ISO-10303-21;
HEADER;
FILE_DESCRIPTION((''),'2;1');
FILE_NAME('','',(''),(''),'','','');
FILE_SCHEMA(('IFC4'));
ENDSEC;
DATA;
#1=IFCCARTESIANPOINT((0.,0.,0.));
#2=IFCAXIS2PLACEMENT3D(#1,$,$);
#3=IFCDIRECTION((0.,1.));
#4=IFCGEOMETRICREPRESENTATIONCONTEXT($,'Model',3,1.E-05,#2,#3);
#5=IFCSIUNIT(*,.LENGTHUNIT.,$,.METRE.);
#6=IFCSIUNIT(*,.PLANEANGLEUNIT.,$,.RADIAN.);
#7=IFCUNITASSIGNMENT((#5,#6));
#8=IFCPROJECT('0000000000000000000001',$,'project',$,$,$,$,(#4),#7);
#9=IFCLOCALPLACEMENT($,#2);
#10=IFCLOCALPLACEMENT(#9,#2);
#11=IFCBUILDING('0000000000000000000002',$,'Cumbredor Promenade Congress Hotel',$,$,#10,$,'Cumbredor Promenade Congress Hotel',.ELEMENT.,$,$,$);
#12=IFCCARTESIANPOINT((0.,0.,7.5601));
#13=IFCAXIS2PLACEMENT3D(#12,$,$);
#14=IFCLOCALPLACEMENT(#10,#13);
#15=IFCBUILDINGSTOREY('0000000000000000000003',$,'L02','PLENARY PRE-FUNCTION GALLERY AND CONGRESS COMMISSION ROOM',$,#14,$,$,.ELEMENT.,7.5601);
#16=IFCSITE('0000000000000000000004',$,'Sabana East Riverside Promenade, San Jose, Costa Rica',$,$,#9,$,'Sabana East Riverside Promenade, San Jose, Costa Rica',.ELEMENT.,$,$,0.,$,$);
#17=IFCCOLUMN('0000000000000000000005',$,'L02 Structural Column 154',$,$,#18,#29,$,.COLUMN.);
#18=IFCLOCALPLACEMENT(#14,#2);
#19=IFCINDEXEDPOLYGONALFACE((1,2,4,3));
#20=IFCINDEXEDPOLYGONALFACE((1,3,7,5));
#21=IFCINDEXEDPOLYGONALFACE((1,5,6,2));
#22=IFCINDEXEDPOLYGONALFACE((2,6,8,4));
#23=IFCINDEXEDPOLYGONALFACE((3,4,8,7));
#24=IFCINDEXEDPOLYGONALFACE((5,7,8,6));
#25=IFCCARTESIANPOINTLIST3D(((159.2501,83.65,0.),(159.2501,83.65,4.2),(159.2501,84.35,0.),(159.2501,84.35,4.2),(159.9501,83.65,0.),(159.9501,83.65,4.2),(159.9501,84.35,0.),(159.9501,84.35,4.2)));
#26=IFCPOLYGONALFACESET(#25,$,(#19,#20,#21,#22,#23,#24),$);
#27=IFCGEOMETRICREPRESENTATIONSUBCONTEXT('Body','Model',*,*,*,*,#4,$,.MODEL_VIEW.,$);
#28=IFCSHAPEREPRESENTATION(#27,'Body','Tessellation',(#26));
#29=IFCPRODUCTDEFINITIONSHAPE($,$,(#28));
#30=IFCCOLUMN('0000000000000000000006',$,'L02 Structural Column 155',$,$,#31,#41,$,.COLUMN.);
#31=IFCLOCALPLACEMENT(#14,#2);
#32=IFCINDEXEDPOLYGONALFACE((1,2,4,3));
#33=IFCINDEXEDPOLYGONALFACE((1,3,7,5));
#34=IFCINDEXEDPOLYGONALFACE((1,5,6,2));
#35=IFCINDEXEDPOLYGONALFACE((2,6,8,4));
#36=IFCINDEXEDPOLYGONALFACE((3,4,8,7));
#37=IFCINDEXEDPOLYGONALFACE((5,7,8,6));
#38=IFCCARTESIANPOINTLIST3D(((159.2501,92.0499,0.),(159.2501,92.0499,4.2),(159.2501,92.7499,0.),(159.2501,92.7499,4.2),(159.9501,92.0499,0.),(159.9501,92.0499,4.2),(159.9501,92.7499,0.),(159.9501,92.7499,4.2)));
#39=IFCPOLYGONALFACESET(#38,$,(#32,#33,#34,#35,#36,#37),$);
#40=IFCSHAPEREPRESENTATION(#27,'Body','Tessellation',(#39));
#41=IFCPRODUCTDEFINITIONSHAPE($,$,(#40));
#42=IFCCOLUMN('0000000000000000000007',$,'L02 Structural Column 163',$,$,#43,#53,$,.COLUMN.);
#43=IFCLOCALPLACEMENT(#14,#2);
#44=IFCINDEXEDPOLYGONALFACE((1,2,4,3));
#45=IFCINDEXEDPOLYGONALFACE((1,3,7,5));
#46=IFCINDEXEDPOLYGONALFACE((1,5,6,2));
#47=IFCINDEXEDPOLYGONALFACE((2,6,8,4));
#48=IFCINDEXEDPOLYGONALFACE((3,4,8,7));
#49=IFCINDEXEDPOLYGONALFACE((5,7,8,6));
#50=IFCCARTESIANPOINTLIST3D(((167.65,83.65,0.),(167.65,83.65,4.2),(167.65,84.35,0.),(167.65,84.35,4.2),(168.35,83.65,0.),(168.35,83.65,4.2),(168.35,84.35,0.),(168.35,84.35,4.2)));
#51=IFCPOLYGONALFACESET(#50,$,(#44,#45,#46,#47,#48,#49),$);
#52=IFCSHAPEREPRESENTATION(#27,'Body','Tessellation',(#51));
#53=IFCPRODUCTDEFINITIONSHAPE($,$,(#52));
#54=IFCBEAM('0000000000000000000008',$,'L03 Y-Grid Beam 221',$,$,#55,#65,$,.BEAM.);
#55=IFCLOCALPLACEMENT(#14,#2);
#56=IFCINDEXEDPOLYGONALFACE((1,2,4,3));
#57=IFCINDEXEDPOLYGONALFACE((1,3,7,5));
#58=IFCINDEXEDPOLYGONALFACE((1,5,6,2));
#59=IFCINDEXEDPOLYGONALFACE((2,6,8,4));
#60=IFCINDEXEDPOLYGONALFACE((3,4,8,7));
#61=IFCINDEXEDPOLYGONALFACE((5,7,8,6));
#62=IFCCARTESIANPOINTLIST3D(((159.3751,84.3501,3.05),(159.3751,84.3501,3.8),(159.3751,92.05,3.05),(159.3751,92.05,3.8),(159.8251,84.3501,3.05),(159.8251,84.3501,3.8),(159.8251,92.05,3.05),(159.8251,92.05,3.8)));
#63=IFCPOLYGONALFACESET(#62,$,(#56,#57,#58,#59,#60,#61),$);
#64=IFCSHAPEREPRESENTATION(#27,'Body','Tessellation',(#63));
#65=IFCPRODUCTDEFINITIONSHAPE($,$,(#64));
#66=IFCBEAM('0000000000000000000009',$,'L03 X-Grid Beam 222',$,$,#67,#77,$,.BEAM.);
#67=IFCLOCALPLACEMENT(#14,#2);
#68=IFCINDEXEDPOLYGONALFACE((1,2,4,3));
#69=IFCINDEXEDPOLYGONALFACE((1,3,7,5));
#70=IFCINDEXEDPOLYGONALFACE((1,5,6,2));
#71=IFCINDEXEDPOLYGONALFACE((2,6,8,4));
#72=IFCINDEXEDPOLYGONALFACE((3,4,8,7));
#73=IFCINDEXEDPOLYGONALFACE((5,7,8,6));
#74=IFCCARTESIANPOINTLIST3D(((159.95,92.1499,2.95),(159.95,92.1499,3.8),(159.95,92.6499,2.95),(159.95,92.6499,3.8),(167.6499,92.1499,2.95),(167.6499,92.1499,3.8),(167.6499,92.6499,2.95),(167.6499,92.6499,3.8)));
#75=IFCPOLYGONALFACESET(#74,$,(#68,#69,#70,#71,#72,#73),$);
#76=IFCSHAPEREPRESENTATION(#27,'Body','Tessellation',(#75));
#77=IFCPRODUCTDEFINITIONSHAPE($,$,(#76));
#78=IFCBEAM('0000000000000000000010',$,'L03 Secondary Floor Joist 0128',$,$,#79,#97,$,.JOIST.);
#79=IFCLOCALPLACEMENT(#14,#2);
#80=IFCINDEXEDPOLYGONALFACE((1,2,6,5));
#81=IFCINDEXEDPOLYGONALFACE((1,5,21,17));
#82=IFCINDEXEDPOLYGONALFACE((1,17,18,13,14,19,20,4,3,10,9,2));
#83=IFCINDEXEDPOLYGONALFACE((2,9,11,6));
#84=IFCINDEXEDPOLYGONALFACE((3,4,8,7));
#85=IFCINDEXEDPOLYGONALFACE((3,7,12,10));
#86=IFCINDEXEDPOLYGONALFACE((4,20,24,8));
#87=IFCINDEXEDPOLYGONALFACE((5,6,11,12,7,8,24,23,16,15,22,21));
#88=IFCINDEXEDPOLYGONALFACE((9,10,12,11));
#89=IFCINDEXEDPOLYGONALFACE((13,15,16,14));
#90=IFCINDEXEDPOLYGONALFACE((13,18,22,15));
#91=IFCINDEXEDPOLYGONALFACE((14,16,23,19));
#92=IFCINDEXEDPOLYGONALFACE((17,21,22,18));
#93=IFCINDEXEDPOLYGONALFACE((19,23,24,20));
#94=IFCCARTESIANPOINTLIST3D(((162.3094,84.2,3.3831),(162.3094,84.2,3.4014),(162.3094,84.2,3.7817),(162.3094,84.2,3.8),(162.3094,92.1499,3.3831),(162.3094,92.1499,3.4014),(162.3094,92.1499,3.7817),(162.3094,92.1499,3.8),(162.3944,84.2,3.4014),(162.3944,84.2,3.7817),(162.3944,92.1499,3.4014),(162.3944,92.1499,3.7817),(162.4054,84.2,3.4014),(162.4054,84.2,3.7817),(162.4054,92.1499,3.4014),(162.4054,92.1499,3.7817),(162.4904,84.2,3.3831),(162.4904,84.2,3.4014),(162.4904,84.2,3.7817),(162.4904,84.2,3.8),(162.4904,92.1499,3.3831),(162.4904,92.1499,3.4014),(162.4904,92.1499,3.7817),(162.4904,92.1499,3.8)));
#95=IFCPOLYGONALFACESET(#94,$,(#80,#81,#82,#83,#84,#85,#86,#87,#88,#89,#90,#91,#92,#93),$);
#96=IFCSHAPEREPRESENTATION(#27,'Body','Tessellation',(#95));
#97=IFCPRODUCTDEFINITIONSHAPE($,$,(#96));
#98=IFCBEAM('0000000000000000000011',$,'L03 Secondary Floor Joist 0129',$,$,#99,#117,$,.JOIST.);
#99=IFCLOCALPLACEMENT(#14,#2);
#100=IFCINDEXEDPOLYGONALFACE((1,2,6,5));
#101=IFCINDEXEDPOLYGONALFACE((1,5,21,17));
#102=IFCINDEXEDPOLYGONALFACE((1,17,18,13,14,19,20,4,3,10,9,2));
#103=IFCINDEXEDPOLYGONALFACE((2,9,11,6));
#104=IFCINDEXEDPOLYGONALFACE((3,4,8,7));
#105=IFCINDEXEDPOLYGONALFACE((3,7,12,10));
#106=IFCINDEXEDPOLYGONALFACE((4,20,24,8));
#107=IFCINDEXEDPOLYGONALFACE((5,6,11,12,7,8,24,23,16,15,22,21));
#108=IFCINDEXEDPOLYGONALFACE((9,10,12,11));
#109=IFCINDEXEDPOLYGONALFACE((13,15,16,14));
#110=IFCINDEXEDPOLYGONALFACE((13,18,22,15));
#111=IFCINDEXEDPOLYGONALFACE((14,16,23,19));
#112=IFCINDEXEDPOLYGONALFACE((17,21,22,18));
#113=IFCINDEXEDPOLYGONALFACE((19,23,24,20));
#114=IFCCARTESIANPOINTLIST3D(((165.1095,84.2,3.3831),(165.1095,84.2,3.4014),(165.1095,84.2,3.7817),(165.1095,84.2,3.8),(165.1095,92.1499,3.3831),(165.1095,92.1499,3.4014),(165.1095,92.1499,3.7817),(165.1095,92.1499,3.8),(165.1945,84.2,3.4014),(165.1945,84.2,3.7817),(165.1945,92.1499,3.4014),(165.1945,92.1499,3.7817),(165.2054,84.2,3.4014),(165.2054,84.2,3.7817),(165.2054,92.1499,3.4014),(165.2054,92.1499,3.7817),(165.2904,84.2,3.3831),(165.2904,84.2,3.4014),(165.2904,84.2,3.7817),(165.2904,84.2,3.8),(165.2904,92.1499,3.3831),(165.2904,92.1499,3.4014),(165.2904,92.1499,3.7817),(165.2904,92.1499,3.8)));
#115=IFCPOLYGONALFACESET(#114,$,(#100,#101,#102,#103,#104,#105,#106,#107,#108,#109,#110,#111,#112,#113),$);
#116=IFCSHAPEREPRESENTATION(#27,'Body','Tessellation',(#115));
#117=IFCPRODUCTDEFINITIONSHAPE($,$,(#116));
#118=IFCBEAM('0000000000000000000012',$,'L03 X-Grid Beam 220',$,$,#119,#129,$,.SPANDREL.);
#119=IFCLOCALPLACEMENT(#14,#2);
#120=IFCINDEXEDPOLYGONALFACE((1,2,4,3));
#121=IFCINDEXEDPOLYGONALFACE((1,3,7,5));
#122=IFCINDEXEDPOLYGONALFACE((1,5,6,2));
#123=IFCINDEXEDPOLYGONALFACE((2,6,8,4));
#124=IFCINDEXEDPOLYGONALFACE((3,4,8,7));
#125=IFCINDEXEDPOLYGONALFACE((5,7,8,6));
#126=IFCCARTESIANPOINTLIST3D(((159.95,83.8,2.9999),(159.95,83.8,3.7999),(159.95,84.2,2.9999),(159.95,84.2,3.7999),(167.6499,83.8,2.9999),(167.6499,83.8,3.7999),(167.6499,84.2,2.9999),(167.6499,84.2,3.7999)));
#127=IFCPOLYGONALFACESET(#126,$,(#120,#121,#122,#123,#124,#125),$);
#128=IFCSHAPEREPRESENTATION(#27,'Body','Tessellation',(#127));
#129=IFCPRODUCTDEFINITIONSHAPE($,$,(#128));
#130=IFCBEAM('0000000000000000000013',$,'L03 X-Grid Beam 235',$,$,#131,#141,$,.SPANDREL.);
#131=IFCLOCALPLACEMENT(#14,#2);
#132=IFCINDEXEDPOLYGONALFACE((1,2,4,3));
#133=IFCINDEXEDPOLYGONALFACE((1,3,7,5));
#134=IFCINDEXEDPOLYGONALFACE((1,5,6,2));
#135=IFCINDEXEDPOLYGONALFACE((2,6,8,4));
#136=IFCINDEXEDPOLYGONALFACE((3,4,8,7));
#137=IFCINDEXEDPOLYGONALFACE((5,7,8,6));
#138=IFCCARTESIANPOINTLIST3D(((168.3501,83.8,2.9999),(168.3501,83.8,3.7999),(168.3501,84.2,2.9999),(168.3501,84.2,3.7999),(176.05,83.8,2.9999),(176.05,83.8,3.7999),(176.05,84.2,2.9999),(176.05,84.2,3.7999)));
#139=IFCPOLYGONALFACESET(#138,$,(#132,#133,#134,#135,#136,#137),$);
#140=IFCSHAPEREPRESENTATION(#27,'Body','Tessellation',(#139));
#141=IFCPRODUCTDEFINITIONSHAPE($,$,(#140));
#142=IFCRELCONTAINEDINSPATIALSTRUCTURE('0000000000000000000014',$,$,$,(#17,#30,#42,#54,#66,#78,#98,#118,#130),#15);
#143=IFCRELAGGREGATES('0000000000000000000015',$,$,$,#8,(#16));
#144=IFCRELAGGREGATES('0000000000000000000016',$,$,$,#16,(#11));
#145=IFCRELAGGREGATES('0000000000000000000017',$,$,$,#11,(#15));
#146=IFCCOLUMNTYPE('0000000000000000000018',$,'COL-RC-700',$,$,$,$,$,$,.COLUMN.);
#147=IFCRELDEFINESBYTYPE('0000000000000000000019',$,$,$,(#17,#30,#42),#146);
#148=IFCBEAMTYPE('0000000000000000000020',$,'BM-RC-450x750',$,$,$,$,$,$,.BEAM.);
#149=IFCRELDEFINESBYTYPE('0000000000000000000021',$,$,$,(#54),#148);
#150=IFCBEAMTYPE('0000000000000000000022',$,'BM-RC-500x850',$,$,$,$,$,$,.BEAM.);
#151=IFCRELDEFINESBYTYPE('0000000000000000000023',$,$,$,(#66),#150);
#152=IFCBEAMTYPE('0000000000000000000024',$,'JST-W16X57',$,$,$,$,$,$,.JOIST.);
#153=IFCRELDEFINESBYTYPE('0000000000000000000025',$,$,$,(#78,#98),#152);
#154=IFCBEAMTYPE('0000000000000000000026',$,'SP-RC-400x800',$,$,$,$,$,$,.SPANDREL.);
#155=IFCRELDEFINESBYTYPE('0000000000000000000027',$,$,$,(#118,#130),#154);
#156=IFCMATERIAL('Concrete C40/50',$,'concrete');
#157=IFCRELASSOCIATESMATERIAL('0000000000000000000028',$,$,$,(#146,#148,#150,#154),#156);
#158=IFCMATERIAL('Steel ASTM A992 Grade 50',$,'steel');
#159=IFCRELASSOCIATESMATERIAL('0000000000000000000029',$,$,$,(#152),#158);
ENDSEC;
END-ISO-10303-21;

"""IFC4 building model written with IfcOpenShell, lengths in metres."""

from ifc_helpers import new_model, si_unit, direction, frame, origin, origin_2d, place, context, subcontext, project, spatial, rectangle, i_section, extrude, material, material_profile, profile_set, type_object, element, save


model = new_model("IFC4")

# Units and contexts
model_context = context("Model", 3, precision=1e-05, world=origin(), true_north=direction((0.0, 1.0)))
body_context = subcontext(model_context, "Body", "Model", "MODEL_VIEW")
ifc_project = project(units=[si_unit("LENGTHUNIT", "METRE"), si_unit("PLANEANGLEUNIT", "RADIAN")], contexts=[model_context])

# Site, building, storey
site_placement = place(None, origin())
site = spatial("IfcSite", under=ifc_project, at=site_placement, Name="Sabana East Riverside Promenade, San Jose, Costa Rica", LongName="Sabana East Riverside Promenade, San Jose, Costa Rica", CompositionType="ELEMENT", RefElevation=0.0)
building_placement = place(site_placement, origin())
building = spatial("IfcBuilding", under=site, at=building_placement, Name="Cumbredor Promenade Congress Hotel", LongName="Cumbredor Promenade Congress Hotel", CompositionType="ELEMENT")
storey_placement = place(building_placement, frame((0.0, 0.0, 7.5601)))
storey = spatial("IfcBuildingStorey", under=building, at=storey_placement, Name="L02", Description="PLENARY PRE-FUNCTION GALLERY AND CONGRESS COMMISSION ROOM", CompositionType="ELEMENT", Elevation=7.5601)

# Columns
ifc_material_1 = material(Name="Concrete C40/50", Category="concrete")
ifc_material_profile_1 = material_profile(ifc_material_1, rectangle(XDim=0.7, YDim=0.7, at=origin_2d()), Name="RC 700x700")
ifc_profile_set_1 = profile_set([ifc_material_profile_1], Name="Concrete C40/50")
column_type = type_object("IfcColumnType", Name="COL-RC-700", PredefinedType="COLUMN", material=ifc_profile_set_1)
for number, where, z_axis, x_axis, name in (
    (1, (159.6001, 84.0, 0.0), (0.0, 0.0, 1.0), (1.0, 0.0, 0.0), "L02 Structural Column 154"),
    (2, (159.6001, 92.3999, 0.0), (0.0, 0.0, 1.0), (1.0, 0.0, 0.0), "L02 Structural Column 155"),
    (3, (168.0, 84.0, 0.0), (0.0, 0.0, 1.0), (1.0, 0.0, 0.0), "L02 Structural Column 163"),
):
    element("IfcColumn", number, at=place(storey_placement, frame(where, z_axis=z_axis, x_axis=x_axis)), inside=storey, type_object=column_type, Name=name, PredefinedType="COLUMN", context=body_context, shape_type="SweptSolid", body=[
        extrude(rectangle(XDim=0.7, YDim=0.7, at=origin_2d()), origin(), (0.0, 0.0, 1.0), 4.2),
    ])

# Beams
ifc_material_profile_2 = material_profile(ifc_material_1, rectangle(XDim=0.45, YDim=0.75, at=origin_2d()), Name="RC BEAM 450x750")
ifc_profile_set_2 = profile_set([ifc_material_profile_2], Name="Concrete C40/50")
beam_type_1 = type_object("IfcBeamType", Name="BM-RC-450x750", PredefinedType="BEAM", material=ifc_profile_set_2)
beam_1_placement = place(storey_placement, frame((159.6001, 84.3501, 3.425), z_axis=(0.0, 1.0, 0.0), x_axis=(-1.0, 0.0, 0.0)))
element("IfcBeam", 4, at=beam_1_placement, inside=storey, type_object=beam_type_1, Name="L03 Y-Grid Beam 221", PredefinedType="BEAM", context=body_context, shape_type="SweptSolid", body=[
    extrude(rectangle(XDim=0.45, YDim=0.75, at=origin_2d()), origin(), (0.0, 0.0, 1.0), 7.7),
])
ifc_material_profile_3 = material_profile(ifc_material_1, rectangle(XDim=0.5, YDim=0.8501, at=origin_2d()), Name="RC BEAM 500x850")
ifc_profile_set_3 = profile_set([ifc_material_profile_3], Name="Concrete C40/50")
beam_type_2 = type_object("IfcBeamType", Name="BM-RC-500x850", PredefinedType="BEAM", material=ifc_profile_set_3)
beam_2_placement = place(storey_placement, frame((159.95, 92.3999, 3.375), z_axis=(1.0, 0.0, 0.0), x_axis=(0.0, 1.0, 0.0)))
element("IfcBeam", 5, at=beam_2_placement, inside=storey, type_object=beam_type_2, Name="L03 X-Grid Beam 222", PredefinedType="BEAM", context=body_context, shape_type="SweptSolid", body=[
    extrude(rectangle(XDim=0.5, YDim=0.8501, at=origin_2d()), origin(), (0.0, 0.0, 1.0), 7.7),
])
ifc_material_2 = material(Name="Steel ASTM A992 Grade 50", Category="steel")
ifc_material_profile_4 = material_profile(ifc_material_2, i_section(OverallWidth=0.1809, OverallDepth=0.417, WebThickness=0.011, FlangeThickness=0.0183, at=origin_2d()), Name="W16X57")
ifc_profile_set_4 = profile_set([ifc_material_profile_4], Name="Steel ASTM A992 Grade 50")
beam_type_3 = type_object("IfcBeamType", Name="JST-W16X57", PredefinedType="JOIST", material=ifc_profile_set_4)
for number, where, z_axis, x_axis, name in (
    (6, (162.3999, 84.2, 3.5916), (0.0, 1.0, 0.0), (-1.0, 0.0, 0.0), "L03 Secondary Floor Joist 0128"),
    (7, (165.2, 84.2, 3.5916), (0.0, 1.0, 0.0), (-1.0, 0.0, 0.0), "L03 Secondary Floor Joist 0129"),
):
    element("IfcBeam", number, at=place(storey_placement, frame(where, z_axis=z_axis, x_axis=x_axis)), inside=storey, type_object=beam_type_3, Name=name, PredefinedType="JOIST", context=body_context, shape_type="SweptSolid", body=[
        extrude(i_section(OverallWidth=0.1809, OverallDepth=0.417, WebThickness=0.011, FlangeThickness=0.0183, at=origin_2d()), origin(), (0.0, 0.0, 1.0), 7.95),
    ])
ifc_material_profile_5 = material_profile(ifc_material_1, rectangle(XDim=0.3999, YDim=0.8, at=origin_2d()), Name="RC SPANDREL 400x800")
ifc_profile_set_5 = profile_set([ifc_material_profile_5], Name="Concrete C40/50")
beam_type_4 = type_object("IfcBeamType", Name="SP-RC-400x800", PredefinedType="SPANDREL", material=ifc_profile_set_5)
for number, where, z_axis, x_axis, name in (
    (8, (159.95, 84.0, 3.3999), (1.0, 0.0, 0.0), (0.0, 1.0, 0.0), "L03 X-Grid Beam 220"),
    (9, (168.3501, 84.0, 3.3999), (1.0, 0.0, 0.0), (0.0, 1.0, 0.0), "L03 X-Grid Beam 235"),
):
    element("IfcBeam", number, at=place(storey_placement, frame(where, z_axis=z_axis, x_axis=x_axis)), inside=storey, type_object=beam_type_4, Name=name, PredefinedType="SPANDREL", context=body_context, shape_type="SweptSolid", body=[
        extrude(rectangle(XDim=0.3999, YDim=0.8, at=origin_2d()), origin(), (0.0, 0.0, 1.0), 7.7),
    ])

save(model, "model.ifc")
